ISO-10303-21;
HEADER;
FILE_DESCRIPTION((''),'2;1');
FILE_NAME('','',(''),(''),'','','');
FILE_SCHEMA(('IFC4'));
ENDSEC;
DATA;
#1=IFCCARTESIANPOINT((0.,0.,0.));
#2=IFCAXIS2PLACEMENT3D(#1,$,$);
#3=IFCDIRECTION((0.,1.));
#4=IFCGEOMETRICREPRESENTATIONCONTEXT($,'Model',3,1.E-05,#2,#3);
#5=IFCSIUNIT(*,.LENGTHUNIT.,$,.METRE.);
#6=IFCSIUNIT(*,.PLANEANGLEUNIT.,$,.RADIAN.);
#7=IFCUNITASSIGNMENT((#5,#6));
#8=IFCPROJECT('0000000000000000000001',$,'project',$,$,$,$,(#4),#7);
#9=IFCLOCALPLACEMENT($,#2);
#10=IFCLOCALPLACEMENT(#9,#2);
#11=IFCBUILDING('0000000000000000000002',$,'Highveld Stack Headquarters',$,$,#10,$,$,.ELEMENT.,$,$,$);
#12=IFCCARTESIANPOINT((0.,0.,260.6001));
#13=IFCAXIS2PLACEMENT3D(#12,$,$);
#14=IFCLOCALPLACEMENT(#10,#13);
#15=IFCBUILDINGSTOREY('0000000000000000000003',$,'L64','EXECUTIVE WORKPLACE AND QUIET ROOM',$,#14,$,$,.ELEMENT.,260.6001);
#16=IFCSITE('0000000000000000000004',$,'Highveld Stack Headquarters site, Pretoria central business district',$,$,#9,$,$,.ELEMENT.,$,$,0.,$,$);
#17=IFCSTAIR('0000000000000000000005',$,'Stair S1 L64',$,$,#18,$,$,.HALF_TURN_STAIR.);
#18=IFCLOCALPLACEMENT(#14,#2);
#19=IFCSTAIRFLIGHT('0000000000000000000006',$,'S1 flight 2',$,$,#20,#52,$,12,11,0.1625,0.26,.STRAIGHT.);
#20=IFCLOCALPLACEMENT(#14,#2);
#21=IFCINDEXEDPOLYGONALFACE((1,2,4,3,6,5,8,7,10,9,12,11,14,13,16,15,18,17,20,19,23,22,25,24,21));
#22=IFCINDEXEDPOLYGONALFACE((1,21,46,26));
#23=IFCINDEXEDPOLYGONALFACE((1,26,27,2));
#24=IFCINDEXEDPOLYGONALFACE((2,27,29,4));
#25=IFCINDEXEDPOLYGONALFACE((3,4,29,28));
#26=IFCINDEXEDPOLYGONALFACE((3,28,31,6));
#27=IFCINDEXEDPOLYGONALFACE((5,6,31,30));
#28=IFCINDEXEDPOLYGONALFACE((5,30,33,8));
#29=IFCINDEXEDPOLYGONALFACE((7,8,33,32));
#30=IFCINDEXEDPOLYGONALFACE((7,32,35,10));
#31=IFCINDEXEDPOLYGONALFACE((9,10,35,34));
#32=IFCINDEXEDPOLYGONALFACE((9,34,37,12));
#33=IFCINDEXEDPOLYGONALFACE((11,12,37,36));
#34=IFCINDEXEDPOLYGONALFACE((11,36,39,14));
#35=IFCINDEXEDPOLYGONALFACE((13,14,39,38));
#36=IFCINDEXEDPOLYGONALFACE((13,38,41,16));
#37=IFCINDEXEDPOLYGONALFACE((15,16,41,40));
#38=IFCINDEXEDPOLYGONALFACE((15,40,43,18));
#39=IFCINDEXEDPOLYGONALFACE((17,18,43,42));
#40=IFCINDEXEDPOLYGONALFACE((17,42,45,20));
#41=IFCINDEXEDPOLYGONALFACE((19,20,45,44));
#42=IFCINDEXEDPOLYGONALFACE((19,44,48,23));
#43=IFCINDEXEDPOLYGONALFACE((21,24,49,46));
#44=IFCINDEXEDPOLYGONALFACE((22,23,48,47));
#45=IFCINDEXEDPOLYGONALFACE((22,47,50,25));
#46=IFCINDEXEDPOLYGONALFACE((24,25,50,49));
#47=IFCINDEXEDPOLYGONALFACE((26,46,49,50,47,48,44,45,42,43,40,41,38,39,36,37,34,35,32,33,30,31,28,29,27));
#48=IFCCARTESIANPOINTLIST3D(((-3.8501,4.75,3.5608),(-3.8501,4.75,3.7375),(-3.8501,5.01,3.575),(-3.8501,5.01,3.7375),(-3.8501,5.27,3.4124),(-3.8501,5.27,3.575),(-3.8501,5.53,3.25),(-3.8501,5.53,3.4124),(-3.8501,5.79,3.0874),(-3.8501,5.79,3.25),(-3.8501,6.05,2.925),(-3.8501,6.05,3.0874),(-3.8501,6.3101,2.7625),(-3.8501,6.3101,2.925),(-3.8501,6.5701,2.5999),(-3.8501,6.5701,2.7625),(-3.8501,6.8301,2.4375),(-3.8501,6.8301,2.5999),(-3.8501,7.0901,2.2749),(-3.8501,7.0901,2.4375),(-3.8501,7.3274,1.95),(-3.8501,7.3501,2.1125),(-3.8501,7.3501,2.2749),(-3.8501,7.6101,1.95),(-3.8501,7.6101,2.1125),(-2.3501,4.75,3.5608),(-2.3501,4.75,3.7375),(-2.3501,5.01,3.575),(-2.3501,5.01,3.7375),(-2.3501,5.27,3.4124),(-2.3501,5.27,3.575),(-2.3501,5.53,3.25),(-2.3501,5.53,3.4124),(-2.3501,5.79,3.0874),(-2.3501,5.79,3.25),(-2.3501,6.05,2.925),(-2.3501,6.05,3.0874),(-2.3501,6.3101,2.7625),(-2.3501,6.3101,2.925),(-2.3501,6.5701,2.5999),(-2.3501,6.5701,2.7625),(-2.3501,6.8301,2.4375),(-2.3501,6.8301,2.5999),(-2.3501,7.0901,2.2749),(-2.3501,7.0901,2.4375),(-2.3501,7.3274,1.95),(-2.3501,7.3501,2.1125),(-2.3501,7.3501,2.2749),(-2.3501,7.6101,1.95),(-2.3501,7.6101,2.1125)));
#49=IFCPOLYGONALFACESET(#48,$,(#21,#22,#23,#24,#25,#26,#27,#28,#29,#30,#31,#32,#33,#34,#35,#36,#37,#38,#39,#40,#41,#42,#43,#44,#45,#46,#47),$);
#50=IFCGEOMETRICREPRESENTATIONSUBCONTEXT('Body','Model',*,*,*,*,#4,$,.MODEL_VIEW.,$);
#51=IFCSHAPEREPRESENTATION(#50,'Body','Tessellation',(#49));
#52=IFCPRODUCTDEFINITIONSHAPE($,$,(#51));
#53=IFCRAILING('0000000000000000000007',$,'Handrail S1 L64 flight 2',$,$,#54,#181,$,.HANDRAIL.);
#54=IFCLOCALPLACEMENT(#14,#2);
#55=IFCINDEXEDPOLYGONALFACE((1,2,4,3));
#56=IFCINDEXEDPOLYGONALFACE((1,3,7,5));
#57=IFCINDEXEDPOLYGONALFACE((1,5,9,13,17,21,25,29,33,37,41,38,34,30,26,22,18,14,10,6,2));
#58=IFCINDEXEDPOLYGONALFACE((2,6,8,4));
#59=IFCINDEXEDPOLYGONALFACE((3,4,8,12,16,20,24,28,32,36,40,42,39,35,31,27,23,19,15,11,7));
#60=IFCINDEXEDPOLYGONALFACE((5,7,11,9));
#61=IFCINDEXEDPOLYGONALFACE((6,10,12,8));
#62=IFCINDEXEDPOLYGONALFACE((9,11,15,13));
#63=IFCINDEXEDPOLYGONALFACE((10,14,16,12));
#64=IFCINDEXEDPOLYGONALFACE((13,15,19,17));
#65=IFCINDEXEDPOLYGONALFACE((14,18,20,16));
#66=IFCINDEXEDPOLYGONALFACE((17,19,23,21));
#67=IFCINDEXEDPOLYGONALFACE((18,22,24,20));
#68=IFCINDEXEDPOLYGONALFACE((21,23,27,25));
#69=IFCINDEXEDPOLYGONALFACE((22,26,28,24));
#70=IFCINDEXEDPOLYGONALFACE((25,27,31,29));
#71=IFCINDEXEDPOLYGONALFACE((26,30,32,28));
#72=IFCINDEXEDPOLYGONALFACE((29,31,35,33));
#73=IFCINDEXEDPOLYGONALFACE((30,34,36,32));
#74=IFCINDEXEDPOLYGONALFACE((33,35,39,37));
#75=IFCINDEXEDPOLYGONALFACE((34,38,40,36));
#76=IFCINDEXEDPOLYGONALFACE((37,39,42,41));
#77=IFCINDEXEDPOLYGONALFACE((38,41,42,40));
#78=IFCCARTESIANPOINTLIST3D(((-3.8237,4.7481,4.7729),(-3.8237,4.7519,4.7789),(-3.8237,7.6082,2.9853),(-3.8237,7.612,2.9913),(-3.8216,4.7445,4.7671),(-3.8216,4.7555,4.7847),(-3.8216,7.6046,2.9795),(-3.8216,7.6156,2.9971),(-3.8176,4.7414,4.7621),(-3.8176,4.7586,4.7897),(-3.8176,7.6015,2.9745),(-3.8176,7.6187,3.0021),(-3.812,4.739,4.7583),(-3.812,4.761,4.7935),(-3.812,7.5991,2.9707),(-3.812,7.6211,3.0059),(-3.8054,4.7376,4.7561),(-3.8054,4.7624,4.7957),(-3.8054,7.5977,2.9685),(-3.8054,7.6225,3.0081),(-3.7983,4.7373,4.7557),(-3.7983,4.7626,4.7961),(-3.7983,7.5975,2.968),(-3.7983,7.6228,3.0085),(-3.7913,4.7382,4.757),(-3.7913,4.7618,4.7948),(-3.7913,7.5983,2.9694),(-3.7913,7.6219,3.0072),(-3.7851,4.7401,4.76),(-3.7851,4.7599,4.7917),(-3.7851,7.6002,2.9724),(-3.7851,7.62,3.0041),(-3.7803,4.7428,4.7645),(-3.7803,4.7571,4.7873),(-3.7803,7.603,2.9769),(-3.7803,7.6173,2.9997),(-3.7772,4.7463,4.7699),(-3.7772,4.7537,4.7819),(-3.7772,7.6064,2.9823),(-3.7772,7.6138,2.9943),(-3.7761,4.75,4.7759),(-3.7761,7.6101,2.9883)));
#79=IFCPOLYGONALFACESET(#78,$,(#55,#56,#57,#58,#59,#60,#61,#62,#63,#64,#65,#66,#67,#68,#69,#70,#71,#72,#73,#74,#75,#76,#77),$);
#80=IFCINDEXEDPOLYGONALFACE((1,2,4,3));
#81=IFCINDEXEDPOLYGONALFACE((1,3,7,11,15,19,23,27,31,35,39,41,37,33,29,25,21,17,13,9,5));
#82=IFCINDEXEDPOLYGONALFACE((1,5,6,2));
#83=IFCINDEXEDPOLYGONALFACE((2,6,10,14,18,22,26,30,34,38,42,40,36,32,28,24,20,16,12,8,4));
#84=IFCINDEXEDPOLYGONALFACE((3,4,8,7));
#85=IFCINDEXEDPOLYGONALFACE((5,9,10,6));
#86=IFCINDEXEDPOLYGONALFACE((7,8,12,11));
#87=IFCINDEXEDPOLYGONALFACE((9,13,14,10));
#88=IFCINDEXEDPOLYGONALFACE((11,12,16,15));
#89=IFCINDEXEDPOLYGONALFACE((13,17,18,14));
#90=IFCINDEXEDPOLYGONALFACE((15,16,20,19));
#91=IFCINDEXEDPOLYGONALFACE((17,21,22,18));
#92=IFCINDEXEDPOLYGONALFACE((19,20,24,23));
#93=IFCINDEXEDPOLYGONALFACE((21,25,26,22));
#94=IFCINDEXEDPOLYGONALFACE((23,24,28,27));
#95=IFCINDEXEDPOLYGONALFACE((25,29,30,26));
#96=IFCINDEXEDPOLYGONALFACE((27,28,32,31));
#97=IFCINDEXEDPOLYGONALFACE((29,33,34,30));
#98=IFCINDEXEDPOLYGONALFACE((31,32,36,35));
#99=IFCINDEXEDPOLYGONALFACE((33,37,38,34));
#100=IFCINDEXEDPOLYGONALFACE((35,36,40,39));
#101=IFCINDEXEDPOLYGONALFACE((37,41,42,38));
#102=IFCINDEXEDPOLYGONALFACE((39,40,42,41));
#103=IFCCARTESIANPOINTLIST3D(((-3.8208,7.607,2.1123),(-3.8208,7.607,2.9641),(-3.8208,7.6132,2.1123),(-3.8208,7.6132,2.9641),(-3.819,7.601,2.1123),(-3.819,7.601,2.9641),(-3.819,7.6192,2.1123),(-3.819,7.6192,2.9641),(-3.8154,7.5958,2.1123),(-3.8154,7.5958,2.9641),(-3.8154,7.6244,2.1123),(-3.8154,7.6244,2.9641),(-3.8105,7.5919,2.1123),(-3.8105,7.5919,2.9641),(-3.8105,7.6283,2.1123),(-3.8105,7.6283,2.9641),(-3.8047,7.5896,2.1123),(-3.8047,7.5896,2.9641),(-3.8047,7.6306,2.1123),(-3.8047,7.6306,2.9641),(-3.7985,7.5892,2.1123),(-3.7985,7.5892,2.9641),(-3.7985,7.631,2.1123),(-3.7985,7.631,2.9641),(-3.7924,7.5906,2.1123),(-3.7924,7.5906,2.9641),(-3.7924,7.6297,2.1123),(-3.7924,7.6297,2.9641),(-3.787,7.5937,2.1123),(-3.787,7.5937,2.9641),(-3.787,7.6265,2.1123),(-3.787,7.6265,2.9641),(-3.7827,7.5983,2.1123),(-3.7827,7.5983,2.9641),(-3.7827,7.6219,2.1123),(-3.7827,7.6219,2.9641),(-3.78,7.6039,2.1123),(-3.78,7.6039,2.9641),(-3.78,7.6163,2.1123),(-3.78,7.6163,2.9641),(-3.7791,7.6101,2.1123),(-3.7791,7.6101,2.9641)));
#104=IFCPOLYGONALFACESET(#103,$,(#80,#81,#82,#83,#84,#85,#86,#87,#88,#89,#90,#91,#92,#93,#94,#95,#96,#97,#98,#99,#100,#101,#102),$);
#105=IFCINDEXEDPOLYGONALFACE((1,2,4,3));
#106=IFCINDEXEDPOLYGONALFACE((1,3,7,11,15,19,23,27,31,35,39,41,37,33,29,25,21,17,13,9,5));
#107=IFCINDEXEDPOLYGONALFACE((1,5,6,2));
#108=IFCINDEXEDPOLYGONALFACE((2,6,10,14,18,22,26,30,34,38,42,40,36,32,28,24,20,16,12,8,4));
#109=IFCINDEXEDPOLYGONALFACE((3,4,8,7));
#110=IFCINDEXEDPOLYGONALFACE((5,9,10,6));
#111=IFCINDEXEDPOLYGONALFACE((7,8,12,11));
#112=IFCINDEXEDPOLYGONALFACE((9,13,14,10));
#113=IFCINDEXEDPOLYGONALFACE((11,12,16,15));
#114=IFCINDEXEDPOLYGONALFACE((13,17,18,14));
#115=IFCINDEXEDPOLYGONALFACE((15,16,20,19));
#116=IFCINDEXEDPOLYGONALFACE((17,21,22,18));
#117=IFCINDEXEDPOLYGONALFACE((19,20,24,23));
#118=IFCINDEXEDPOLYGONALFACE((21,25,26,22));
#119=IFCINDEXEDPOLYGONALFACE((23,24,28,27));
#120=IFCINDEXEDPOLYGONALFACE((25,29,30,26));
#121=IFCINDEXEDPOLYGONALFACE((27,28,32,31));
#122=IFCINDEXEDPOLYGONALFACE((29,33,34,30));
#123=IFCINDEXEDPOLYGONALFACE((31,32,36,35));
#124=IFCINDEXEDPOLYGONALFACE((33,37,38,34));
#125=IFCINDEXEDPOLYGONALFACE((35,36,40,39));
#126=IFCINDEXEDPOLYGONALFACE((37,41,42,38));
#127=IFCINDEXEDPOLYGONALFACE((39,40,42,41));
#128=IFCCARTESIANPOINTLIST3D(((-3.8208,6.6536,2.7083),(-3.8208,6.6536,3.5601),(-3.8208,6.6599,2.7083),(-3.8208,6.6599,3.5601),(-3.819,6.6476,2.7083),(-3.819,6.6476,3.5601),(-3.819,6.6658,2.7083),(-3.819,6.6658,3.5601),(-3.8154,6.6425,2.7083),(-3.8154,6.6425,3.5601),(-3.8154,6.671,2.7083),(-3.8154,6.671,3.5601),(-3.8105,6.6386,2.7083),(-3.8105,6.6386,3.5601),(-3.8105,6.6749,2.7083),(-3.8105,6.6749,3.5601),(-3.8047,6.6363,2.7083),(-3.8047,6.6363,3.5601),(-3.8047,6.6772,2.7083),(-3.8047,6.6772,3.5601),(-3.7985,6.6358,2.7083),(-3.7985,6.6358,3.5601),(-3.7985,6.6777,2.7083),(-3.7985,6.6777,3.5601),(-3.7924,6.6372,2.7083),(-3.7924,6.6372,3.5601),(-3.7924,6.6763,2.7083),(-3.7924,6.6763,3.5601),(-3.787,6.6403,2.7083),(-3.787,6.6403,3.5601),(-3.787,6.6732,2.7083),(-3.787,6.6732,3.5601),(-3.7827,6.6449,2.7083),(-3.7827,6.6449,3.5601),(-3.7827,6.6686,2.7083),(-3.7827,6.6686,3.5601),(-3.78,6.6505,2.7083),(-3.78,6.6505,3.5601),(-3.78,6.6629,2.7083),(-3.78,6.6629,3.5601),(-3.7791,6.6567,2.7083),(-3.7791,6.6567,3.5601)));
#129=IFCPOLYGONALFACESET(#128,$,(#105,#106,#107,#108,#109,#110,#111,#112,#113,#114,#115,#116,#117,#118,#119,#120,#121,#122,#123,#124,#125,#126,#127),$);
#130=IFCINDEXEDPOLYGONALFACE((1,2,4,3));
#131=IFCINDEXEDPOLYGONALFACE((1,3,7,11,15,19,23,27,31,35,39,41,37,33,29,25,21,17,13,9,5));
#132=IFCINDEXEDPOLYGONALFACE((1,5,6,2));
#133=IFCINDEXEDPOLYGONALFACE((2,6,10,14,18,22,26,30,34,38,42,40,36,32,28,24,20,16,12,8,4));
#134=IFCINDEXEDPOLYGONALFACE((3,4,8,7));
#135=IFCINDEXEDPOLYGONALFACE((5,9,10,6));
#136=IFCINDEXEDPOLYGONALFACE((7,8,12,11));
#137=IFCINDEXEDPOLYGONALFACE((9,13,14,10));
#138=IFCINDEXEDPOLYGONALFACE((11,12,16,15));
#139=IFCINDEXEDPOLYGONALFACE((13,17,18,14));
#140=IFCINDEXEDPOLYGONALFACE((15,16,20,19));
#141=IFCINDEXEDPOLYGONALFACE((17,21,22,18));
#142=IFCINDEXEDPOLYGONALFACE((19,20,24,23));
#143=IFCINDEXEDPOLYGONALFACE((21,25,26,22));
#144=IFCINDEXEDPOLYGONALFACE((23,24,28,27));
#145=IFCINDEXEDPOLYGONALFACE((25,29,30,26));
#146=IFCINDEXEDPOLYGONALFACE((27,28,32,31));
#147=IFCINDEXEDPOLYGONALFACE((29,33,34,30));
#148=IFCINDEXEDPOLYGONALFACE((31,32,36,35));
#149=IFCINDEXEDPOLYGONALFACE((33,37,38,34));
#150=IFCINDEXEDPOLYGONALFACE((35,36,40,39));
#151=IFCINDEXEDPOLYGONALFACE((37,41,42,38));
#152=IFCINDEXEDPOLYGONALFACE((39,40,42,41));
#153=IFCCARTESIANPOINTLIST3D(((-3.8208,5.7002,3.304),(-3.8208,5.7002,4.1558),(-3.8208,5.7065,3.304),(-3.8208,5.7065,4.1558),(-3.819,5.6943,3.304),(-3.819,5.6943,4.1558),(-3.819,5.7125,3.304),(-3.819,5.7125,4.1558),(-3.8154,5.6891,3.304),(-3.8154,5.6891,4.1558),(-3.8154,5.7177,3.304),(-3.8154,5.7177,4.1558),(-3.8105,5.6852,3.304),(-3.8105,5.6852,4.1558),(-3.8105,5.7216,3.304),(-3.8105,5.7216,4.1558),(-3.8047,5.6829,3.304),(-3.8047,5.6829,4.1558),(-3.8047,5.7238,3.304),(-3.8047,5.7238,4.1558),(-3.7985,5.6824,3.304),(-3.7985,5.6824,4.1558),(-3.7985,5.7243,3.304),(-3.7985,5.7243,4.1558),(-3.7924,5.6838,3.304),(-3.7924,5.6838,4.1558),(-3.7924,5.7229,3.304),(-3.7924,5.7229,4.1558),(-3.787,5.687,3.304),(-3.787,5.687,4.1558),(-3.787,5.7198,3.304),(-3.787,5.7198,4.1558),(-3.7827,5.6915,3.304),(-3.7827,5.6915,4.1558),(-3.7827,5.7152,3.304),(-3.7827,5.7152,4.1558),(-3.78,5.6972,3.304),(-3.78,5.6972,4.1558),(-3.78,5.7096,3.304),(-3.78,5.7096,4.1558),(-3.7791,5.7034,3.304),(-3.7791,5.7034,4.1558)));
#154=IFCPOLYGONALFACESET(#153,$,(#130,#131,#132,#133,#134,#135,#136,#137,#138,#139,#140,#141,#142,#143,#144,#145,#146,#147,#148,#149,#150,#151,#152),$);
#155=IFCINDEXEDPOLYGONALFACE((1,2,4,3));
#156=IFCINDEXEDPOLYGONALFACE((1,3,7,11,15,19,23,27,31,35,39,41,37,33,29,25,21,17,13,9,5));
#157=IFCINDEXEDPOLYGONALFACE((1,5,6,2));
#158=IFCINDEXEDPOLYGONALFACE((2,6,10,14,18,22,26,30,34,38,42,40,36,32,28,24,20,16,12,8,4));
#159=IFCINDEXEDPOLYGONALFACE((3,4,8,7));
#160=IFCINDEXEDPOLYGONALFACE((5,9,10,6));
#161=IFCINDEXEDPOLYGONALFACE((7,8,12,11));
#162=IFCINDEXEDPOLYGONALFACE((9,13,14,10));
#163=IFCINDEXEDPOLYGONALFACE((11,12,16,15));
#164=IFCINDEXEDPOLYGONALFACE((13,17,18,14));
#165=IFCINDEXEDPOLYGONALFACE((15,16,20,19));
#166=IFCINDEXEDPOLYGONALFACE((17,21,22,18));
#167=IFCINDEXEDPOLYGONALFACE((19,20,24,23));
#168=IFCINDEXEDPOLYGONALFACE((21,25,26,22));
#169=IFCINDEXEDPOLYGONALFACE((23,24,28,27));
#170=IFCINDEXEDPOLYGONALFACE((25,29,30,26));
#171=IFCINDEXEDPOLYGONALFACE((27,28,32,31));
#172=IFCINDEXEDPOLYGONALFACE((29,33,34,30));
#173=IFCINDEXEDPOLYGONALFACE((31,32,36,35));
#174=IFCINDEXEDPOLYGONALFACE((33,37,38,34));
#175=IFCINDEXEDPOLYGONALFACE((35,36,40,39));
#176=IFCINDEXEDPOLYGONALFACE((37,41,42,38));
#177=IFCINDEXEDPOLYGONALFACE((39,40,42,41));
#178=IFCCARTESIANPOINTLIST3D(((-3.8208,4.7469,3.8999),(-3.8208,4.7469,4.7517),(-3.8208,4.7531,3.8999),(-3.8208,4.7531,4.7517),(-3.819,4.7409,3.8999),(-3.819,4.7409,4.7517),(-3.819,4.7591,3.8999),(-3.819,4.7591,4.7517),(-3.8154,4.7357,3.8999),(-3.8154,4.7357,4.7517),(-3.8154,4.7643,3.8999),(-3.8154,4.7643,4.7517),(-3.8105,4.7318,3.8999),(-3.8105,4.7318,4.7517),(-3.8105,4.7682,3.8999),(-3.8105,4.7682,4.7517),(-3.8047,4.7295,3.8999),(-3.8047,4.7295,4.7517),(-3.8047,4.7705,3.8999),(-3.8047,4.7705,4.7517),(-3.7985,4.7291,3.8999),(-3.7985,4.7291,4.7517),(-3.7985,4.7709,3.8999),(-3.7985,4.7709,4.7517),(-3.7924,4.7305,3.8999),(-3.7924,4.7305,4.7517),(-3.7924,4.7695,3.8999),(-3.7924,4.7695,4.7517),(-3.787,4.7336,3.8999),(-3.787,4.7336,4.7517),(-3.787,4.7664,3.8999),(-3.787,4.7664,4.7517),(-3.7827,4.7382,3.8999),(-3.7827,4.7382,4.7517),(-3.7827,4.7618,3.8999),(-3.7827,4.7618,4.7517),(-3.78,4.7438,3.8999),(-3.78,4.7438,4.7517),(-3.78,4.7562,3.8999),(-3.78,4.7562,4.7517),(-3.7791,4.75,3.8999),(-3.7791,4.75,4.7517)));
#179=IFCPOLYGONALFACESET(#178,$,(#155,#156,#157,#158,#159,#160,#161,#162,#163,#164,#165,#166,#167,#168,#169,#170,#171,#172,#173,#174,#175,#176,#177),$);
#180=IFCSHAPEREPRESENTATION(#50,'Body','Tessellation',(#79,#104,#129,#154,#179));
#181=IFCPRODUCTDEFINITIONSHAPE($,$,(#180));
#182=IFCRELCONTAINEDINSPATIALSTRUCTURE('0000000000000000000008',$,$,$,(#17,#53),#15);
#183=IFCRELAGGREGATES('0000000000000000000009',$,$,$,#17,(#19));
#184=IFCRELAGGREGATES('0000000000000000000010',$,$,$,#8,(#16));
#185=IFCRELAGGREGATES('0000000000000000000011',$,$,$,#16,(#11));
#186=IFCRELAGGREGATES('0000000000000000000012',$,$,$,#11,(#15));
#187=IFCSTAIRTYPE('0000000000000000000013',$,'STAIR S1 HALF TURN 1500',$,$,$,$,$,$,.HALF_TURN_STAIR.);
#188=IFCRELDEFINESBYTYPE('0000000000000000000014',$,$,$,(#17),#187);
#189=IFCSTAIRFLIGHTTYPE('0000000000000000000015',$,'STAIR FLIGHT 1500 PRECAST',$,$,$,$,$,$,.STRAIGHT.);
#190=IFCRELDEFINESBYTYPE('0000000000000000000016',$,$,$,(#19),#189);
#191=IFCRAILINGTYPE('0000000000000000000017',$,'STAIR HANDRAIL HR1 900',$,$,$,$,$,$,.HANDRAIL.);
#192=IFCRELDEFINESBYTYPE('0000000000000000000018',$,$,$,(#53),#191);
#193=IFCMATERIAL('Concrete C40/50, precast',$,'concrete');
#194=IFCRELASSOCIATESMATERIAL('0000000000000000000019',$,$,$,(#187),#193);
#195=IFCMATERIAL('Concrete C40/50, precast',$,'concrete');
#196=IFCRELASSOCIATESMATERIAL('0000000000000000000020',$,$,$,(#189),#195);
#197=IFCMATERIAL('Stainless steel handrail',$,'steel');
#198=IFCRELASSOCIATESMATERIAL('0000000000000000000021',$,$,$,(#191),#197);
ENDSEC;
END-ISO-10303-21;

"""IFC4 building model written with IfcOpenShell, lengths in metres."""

from ifc_helpers import new_model, si_unit, direction, frame, origin, origin_2d, place, context, subcontext, project, spatial, polyline, circle, outline, extrude, material, type_object, element, aggregate, save


model = new_model("IFC4")

# Units and contexts
model_context = context("Model", 3, precision=1e-05, world=origin(), true_north=direction((0.0, 1.0)))
body_context = subcontext(model_context, "Body", "Model", "MODEL_VIEW")
ifc_project = project(units=[si_unit("LENGTHUNIT", "METRE"), si_unit("PLANEANGLEUNIT", "RADIAN")], contexts=[model_context])

# Site, building, storey
site_placement = place(None, origin())
site = spatial("IfcSite", under=ifc_project, at=site_placement, Name="Highveld Stack Headquarters site, Pretoria central business district", CompositionType="ELEMENT", RefElevation=0.0)
building_placement = place(site_placement, origin())
building = spatial("IfcBuilding", under=site, at=building_placement, Name="Highveld Stack Headquarters", CompositionType="ELEMENT")
storey_placement = place(building_placement, frame((0.0, 0.0, 260.6001)))
storey = spatial("IfcBuildingStorey", under=building, at=storey_placement, Name="L64", Description="EXECUTIVE WORKPLACE AND QUIET ROOM", CompositionType="ELEMENT", Elevation=260.6001)

# Stair, stair flight
ifc_material_1 = material(Name="Concrete C40/50, precast", Category="concrete")
stair_type = type_object("IfcStairType", Name="STAIR S1 HALF TURN 1500", PredefinedType="HALF_TURN_STAIR", material=ifc_material_1)
stair_placement = place(storey_placement, origin())
stair = element("IfcStair", 1, at=stair_placement, inside=storey, type_object=stair_type, Name="Stair S1 L64", PredefinedType="HALF_TURN_STAIR")
ifc_material_2 = material(Name="Concrete C40/50, precast", Category="concrete")
stair_flight_type = type_object("IfcStairFlightType", Name="STAIR FLIGHT 1500 PRECAST", PredefinedType="STRAIGHT", material=ifc_material_2)
stair_flight_placement = place(storey_placement, frame((-3.1001, 7.6101, 1.95), z_axis=(0.0, 0.0, 1.0), x_axis=(0.0, -1.0, 0.0)))
stair_flight = element("IfcStairFlight", 2, at=stair_flight_placement, type_object=stair_flight_type, Name="S1 flight 2", NumberOfRisers=12, NumberOfTreads=11, PredefinedType="STRAIGHT", RiserHeight=0.1625, TreadLength=0.26, context=body_context, shape_type="SweptSolid", body=[
    extrude(outline(polyline([(0.0, 0.0), (0.0, 0.1626), (0.26, 0.1626), (0.26, 0.325), (0.52, 0.325), (0.52, 0.4875), (0.78, 0.4875), (0.78, 0.6499), (1.04, 0.6499), (1.04, 0.8125), (1.3, 0.8125), (1.3, 0.9751), (1.5601, 0.9751), (1.5601, 1.1375), (1.8201, 1.1375), (1.8201, 1.3), (2.0801, 1.3), (2.0801, 1.4624), (2.3401, 1.4624), (2.3401, 1.625), (2.6001, 1.625), (2.6001, 1.7876), (2.8601, 1.7876), (2.8601, 1.95), (2.8601, 1.6108), (0.2827, 0.0), (0.0, 0.0)])), frame((0.0, 0.75, 0.0), z_axis=(0.0, -1.0, 0.0), x_axis=(1.0, 0.0, 0.0)), (0.0, 0.0, 1.0), 1.5),
])
aggregate(stair, [stair_flight])

# Railing
ifc_material_3 = material(Name="Stainless steel handrail", Category="steel")
railing_type = type_object("IfcRailingType", Name="STAIR HANDRAIL HR1 900", PredefinedType="HANDRAIL", material=ifc_material_3)
for number, where, name in (
    (3, (-3.8, 7.6101, 2.1123), "Handrail S1 L64 flight 2"),
):
    element("IfcRailing", number, at=place(storey_placement, frame(where)), inside=storey, type_object=railing_type, Name=name, PredefinedType="HANDRAIL", context=body_context, shape_type="SweptSolid", body=[
        extrude(circle(Radius=0.0239, at=origin_2d()), frame((0.0, 0.0, 0.876), z_axis=(0.0, -0.847994, 0.530005), x_axis=(1.0, 0.0, 0.0)), (0.0, 0.0, 1.0), 3.3728),
        extrude(circle(Radius=0.021, at=origin_2d()), origin(), (0.0, 0.0, 1.0), 0.8518),
        extrude(circle(Radius=0.021, at=origin_2d()), frame((0.0, -0.9534, 0.5959)), (0.0, 0.0, 1.0), 0.8518),
        extrude(circle(Radius=0.021, at=origin_2d()), frame((0.0, -1.9067, 1.1917)), (0.0, 0.0, 1.0), 0.8518),
        extrude(circle(Radius=0.021, at=origin_2d()), frame((0.0, -2.8601, 1.7876)), (0.0, 0.0, 1.0), 0.8518),
    ])

save(model, "model.ifc")
